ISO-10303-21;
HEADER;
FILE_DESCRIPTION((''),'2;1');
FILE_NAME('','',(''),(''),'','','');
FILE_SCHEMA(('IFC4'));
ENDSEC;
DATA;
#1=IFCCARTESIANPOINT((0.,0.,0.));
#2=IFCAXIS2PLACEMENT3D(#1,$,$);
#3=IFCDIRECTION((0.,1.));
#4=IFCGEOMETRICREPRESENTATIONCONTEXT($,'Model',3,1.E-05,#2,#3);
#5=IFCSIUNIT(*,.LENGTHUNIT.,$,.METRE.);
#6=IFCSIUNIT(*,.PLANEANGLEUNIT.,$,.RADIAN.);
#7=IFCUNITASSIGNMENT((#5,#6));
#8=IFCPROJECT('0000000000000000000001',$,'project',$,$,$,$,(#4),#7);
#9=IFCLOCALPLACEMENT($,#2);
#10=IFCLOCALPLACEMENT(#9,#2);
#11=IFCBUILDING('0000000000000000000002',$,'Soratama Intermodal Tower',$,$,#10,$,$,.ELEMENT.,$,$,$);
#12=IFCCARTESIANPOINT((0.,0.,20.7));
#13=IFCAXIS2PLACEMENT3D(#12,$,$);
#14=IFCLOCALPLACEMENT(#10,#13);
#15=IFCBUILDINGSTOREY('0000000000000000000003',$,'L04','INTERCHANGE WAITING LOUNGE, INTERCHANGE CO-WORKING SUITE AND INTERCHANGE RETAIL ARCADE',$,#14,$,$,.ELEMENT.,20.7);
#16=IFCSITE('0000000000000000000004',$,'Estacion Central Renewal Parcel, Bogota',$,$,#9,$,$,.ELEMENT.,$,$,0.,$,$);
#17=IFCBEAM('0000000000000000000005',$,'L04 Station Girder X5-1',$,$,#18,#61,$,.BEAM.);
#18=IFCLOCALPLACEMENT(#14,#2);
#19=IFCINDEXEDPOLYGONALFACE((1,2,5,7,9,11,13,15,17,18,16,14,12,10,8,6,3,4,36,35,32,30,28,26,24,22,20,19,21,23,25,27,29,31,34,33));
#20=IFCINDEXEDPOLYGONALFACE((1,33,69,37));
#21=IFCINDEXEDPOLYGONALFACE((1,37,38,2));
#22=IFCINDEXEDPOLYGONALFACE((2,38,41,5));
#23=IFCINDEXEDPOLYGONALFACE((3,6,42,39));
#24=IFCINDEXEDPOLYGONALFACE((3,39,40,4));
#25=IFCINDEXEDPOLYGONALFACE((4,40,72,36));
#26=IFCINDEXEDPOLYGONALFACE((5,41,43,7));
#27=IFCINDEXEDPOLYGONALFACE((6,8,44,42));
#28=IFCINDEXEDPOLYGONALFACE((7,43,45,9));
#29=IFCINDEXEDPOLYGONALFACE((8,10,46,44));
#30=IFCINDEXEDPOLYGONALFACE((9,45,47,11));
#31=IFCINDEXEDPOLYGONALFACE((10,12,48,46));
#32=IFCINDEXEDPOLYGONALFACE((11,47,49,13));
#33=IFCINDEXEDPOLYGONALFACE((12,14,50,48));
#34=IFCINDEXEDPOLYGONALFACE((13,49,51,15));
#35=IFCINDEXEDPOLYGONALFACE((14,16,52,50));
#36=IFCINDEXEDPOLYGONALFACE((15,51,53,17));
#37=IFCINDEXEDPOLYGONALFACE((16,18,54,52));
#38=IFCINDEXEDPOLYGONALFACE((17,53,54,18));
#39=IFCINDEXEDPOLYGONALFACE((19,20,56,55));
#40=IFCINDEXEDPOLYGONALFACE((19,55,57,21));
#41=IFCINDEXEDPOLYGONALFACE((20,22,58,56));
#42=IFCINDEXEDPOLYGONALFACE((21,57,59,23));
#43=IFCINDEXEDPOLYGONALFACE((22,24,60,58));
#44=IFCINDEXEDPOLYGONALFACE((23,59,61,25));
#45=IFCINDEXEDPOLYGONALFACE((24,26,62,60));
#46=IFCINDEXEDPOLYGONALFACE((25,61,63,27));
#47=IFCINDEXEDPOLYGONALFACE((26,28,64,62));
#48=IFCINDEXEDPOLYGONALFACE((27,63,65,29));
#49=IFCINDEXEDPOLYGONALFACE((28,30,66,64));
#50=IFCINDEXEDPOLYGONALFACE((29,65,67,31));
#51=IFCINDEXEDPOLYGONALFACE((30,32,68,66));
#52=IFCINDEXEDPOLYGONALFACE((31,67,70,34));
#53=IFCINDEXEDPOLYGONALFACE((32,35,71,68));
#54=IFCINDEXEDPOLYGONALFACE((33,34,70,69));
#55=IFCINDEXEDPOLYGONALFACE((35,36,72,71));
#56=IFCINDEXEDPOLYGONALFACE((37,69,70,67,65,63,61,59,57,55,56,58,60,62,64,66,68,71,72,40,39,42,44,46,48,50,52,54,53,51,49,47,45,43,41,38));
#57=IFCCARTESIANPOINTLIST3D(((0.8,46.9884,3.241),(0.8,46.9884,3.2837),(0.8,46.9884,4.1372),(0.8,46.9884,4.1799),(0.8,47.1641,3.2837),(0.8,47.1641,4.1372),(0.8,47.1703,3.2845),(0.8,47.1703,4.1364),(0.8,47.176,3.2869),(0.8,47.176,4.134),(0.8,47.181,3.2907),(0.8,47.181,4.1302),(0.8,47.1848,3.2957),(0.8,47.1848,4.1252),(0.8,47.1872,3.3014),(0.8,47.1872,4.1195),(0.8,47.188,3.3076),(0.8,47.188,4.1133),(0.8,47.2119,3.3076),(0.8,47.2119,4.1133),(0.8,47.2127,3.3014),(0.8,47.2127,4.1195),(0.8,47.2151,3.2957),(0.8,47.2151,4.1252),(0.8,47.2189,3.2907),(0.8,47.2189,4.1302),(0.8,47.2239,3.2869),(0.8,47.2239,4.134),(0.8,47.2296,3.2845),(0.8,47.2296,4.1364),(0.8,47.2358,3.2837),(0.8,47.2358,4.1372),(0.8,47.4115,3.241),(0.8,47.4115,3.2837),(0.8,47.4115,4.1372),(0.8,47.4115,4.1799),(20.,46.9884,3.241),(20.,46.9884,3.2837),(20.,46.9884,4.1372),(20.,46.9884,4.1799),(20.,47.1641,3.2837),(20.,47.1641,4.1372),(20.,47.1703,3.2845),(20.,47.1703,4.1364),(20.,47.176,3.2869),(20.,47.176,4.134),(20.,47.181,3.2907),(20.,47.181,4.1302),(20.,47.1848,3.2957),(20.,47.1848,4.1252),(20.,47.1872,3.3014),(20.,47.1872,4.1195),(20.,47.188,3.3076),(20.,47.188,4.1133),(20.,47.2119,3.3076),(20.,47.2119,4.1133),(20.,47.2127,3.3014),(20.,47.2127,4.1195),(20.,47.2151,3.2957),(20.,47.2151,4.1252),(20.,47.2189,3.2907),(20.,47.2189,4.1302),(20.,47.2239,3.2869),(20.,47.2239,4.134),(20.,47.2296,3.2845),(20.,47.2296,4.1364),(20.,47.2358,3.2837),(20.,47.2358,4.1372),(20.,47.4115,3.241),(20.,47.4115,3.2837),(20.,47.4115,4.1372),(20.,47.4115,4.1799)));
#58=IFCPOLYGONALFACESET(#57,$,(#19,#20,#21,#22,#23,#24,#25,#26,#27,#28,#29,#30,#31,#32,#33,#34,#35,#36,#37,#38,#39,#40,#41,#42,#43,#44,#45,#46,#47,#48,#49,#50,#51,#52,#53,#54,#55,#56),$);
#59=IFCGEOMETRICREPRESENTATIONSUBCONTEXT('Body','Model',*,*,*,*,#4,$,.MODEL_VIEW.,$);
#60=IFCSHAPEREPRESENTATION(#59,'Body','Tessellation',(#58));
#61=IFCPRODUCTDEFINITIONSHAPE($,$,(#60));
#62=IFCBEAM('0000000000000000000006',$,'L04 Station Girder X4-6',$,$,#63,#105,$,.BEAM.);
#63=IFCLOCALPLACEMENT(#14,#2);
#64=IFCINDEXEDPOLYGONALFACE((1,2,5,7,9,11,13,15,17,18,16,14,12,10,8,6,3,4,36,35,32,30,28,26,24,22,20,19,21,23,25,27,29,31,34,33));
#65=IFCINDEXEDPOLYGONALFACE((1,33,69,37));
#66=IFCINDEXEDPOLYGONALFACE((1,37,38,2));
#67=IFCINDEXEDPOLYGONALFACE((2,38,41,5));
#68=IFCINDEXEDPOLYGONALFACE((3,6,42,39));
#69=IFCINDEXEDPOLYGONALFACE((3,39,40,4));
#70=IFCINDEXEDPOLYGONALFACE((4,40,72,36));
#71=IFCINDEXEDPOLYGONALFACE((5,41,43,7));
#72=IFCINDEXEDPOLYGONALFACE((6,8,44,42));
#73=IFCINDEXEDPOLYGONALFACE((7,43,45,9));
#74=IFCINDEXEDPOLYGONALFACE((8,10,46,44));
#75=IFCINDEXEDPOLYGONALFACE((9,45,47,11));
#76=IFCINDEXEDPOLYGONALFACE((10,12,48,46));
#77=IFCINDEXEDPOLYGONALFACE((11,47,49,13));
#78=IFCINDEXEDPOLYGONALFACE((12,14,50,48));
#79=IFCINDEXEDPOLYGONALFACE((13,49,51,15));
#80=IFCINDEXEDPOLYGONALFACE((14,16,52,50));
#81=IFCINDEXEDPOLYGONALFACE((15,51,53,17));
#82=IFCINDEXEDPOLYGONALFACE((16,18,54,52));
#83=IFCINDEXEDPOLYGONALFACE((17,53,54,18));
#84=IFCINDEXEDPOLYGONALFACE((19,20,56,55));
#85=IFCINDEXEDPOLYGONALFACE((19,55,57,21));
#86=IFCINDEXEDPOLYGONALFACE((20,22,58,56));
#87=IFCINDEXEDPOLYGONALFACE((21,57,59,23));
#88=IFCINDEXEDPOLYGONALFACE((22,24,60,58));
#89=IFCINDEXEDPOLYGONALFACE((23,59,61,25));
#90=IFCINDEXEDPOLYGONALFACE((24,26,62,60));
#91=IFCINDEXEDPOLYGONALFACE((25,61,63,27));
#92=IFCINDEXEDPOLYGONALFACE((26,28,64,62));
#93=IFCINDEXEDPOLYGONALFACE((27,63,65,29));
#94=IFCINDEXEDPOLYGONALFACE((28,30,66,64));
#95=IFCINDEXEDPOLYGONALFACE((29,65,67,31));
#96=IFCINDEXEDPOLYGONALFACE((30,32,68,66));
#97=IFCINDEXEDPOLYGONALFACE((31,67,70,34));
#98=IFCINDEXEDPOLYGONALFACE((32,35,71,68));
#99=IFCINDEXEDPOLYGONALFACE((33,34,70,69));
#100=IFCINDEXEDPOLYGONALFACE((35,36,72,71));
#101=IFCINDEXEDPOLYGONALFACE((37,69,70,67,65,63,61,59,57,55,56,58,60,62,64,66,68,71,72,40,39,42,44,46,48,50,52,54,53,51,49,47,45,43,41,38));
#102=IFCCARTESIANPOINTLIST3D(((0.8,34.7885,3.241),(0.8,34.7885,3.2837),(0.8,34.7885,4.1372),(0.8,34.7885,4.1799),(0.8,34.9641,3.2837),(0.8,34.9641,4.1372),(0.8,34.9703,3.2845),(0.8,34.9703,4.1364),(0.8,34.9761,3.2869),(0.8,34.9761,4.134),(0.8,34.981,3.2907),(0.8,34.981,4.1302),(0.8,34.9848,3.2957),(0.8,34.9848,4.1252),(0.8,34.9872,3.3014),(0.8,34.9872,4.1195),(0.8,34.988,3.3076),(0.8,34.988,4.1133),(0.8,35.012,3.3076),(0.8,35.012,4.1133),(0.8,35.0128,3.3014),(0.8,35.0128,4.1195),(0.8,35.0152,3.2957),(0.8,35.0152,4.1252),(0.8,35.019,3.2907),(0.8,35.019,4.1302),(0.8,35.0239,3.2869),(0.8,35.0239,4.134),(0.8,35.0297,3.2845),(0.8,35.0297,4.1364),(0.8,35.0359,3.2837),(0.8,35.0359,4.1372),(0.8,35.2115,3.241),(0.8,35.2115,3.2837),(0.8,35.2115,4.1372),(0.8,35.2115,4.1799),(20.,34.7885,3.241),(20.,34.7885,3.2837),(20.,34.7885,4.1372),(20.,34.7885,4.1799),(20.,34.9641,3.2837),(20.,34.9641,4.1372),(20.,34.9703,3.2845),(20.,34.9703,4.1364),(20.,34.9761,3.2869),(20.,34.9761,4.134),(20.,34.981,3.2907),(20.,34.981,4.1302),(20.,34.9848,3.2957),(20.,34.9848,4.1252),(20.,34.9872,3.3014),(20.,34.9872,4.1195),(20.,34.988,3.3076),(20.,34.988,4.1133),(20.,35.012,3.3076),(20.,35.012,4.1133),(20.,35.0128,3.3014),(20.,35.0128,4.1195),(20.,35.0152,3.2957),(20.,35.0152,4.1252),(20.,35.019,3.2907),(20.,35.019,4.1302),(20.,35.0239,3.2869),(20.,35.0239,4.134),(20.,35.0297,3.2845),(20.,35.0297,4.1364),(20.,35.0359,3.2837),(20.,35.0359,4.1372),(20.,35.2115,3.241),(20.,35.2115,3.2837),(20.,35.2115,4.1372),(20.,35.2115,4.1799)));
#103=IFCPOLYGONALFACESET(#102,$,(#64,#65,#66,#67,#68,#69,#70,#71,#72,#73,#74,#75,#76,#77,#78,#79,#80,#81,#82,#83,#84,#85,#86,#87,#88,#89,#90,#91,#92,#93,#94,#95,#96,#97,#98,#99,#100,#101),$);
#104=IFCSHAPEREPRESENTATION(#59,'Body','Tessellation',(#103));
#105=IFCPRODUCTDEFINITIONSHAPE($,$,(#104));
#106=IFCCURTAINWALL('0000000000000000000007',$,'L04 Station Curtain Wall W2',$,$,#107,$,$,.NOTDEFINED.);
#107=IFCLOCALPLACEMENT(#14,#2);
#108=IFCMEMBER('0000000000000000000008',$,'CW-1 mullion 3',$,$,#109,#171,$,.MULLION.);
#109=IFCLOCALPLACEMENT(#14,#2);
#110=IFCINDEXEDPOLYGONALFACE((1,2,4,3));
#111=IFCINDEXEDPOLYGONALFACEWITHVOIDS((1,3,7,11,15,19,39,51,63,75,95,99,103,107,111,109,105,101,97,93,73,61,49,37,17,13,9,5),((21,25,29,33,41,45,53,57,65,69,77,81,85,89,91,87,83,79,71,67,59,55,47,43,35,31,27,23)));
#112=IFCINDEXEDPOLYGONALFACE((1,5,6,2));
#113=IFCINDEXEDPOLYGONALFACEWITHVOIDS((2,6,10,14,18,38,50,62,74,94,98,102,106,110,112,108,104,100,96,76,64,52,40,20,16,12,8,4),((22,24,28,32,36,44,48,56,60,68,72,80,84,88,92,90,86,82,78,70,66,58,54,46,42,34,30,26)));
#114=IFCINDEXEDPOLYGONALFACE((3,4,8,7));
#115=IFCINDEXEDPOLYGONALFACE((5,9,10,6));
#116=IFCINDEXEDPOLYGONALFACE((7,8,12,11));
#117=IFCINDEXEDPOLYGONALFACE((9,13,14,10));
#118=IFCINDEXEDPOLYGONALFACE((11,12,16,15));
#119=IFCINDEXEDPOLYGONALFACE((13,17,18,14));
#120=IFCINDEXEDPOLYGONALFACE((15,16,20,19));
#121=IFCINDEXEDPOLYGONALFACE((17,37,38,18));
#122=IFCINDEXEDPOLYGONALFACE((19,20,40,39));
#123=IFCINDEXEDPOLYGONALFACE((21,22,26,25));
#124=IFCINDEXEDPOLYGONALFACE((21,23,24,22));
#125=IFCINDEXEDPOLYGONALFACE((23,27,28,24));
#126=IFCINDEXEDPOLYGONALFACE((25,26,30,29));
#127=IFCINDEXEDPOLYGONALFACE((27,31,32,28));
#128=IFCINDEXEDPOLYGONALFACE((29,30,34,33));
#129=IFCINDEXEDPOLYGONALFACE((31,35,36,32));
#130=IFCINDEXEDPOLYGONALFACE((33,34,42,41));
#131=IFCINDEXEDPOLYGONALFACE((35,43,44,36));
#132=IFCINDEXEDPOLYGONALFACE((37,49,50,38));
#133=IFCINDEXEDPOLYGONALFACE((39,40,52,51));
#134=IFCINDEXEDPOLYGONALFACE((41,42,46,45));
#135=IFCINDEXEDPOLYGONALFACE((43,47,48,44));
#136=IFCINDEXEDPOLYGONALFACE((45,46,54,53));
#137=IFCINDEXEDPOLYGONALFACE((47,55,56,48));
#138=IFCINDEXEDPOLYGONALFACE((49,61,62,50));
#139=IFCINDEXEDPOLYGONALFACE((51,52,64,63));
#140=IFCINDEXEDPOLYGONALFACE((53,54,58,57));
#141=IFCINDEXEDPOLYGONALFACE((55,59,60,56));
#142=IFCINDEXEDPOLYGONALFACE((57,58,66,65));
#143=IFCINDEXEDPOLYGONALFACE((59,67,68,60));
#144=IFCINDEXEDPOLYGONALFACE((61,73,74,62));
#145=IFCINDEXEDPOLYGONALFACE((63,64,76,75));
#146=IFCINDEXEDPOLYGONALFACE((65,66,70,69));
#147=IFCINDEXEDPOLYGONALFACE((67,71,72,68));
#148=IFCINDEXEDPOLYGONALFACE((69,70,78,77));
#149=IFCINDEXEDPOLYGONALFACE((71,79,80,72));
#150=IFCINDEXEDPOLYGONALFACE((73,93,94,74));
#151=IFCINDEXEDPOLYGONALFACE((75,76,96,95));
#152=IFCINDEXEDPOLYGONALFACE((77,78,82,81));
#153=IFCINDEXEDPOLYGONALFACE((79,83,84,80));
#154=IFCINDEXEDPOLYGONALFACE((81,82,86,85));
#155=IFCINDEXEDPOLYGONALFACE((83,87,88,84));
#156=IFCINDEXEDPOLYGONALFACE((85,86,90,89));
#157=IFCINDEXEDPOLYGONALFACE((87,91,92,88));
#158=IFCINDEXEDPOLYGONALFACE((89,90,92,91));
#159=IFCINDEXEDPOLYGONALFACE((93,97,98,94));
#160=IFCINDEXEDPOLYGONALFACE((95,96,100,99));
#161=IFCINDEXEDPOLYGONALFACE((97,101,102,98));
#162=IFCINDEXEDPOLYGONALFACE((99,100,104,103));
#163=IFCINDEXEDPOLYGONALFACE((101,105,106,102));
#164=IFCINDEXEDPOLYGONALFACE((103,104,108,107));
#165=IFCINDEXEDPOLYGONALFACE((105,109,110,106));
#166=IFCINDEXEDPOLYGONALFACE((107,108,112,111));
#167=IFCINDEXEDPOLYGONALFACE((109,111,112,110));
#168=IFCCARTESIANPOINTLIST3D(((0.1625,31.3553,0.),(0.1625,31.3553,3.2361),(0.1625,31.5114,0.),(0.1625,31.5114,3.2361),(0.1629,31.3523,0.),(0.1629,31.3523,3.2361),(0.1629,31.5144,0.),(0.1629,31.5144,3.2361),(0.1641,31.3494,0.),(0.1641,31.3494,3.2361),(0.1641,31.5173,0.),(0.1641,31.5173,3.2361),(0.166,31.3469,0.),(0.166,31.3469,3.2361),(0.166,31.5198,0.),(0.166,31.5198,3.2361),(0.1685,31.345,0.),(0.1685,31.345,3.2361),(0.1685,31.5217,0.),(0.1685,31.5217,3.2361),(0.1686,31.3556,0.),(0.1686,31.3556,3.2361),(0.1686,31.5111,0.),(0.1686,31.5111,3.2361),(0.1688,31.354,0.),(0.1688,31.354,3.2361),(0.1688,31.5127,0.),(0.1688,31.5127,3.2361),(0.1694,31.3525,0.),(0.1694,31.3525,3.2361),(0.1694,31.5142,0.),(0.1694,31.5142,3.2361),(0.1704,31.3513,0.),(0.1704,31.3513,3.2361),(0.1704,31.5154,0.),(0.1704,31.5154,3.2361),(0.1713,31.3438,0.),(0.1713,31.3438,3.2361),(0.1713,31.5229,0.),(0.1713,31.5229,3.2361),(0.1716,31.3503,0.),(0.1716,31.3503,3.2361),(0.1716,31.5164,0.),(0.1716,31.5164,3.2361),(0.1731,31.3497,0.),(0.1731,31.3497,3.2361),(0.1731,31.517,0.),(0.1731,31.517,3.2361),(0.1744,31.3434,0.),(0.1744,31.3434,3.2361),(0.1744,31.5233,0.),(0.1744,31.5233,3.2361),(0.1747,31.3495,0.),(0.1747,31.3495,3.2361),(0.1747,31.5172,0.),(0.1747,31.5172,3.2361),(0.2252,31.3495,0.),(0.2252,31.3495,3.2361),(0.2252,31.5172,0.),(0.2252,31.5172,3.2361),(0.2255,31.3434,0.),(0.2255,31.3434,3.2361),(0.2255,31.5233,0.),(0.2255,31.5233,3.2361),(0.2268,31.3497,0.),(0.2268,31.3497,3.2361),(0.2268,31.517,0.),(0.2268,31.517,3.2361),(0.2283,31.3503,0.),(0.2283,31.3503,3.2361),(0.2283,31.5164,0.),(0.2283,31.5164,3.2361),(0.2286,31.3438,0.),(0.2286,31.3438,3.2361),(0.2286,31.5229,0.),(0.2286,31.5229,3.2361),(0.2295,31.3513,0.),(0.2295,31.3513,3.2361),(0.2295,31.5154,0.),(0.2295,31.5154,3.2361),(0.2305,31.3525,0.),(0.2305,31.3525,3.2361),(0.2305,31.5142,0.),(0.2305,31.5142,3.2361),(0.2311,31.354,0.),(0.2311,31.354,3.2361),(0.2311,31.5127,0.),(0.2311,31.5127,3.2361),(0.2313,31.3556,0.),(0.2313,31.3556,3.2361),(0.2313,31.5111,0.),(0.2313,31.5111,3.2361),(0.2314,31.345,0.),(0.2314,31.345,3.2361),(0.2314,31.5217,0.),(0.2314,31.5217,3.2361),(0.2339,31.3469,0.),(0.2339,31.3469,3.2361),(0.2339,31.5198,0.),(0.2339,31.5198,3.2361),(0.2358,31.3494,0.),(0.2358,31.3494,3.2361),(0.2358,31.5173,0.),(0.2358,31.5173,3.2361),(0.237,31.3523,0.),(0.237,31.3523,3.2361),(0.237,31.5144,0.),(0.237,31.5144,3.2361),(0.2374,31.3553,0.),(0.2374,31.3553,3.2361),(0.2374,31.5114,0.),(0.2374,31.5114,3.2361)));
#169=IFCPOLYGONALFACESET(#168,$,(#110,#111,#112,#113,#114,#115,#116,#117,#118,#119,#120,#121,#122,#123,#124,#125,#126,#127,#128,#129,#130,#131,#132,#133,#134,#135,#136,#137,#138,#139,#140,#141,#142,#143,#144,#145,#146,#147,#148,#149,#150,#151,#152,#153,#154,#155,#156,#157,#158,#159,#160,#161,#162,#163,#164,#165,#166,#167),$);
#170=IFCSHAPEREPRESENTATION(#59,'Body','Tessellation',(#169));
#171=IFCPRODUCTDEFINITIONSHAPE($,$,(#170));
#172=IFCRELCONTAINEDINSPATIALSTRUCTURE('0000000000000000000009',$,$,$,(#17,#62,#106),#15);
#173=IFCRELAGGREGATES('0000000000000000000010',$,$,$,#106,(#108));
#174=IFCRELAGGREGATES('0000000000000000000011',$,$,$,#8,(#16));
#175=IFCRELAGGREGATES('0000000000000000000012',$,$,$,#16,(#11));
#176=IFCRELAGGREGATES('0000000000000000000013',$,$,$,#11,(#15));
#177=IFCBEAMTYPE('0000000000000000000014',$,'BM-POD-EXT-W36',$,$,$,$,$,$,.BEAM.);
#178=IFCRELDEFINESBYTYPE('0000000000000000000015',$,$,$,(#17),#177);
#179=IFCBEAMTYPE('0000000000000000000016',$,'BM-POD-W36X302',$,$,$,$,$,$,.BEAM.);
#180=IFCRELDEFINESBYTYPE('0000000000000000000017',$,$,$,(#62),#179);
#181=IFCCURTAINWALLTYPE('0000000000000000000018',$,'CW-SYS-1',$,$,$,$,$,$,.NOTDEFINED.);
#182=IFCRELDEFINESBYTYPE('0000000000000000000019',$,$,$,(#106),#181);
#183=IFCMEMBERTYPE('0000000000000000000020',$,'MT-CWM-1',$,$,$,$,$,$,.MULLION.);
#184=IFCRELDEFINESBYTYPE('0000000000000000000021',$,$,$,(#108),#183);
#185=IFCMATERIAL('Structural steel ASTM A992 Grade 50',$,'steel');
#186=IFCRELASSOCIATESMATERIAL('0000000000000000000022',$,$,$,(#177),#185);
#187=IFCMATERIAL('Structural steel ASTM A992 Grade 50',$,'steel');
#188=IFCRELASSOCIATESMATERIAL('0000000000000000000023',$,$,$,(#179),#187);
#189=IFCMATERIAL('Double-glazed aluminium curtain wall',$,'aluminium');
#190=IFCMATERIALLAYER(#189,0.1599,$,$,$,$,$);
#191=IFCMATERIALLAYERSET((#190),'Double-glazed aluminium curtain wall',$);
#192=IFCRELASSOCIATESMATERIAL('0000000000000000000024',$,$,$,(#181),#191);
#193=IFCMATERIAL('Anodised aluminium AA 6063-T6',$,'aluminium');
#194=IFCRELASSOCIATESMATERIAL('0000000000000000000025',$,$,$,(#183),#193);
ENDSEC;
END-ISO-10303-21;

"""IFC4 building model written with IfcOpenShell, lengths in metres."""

from ifc_helpers import new_model, si_unit, direction, frame, origin, origin_2d, place, context, subcontext, project, spatial, hollow_rectangle, i_section, extrude, material, layer, layer_set, material_profile, profile_set, type_object, element, aggregate, save


model = new_model("IFC4")

# Units and contexts
model_context = context("Model", 3, precision=1e-05, world=origin(), true_north=direction((0.0, 1.0)))
body_context = subcontext(model_context, "Body", "Model", "MODEL_VIEW")
ifc_project = project(units=[si_unit("LENGTHUNIT", "METRE"), si_unit("PLANEANGLEUNIT", "RADIAN")], contexts=[model_context])

# Site, building, storey
site_placement = place(None, origin())
site = spatial("IfcSite", under=ifc_project, at=site_placement, Name="Estacion Central Renewal Parcel, Bogota", CompositionType="ELEMENT", RefElevation=0.0)
building_placement = place(site_placement, origin())
building = spatial("IfcBuilding", under=site, at=building_placement, Name="Soratama Intermodal Tower", CompositionType="ELEMENT")
storey_placement = place(building_placement, frame((0.0, 0.0, 20.7)))
storey = spatial("IfcBuildingStorey", under=building, at=storey_placement, Name="L04", Description="INTERCHANGE WAITING LOUNGE, INTERCHANGE CO-WORKING SUITE AND INTERCHANGE RETAIL ARCADE", CompositionType="ELEMENT", Elevation=20.7)

# Beams
ifc_material_1 = material(Name="Structural steel ASTM A992 Grade 50", Category="steel")
ifc_material_profile_1 = material_profile(ifc_material_1, i_section(OverallWidth=0.4231, OverallDepth=0.939, WebThickness=0.0239, FlangeThickness=0.0427, FilletRadius=0.0239, at=origin_2d()), Name="W36X302")
ifc_profile_set_1 = profile_set([ifc_material_profile_1], Name="Structural steel ASTM A992 Grade 50")
beam_type_1 = type_object("IfcBeamType", Name="BM-POD-EXT-W36", PredefinedType="BEAM", material=ifc_profile_set_1)
beam_1_placement = place(storey_placement, frame((0.8, 47.2, 3.7104), z_axis=(1.0, 0.0, 0.0), x_axis=(0.0, 1.0, 0.0)))
element("IfcBeam", 1, at=beam_1_placement, inside=storey, type_object=beam_type_1, Name="L04 Station Girder X5-1", PredefinedType="BEAM", context=body_context, shape_type="SweptSolid", body=[
    extrude(i_section(OverallWidth=0.4231, OverallDepth=0.939, WebThickness=0.0239, FlangeThickness=0.0427, FilletRadius=0.0239, at=origin_2d()), origin(), (0.0, 0.0, 1.0), 19.2),
])
ifc_material_2 = material(Name="Structural steel ASTM A992 Grade 50", Category="steel")
ifc_material_profile_2 = material_profile(ifc_material_2, i_section(OverallWidth=0.4231, OverallDepth=0.939, WebThickness=0.0239, FlangeThickness=0.0427, FilletRadius=0.0239, at=origin_2d()), Name="W36X302")
ifc_profile_set_2 = profile_set([ifc_material_profile_2], Name="Structural steel ASTM A992 Grade 50")
beam_type_2 = type_object("IfcBeamType", Name="BM-POD-W36X302", PredefinedType="BEAM", material=ifc_profile_set_2)
beam_2_placement = place(storey_placement, frame((0.8, 35.0, 3.7104), z_axis=(1.0, 0.0, 0.0), x_axis=(0.0, 1.0, 0.0)))
element("IfcBeam", 2, at=beam_2_placement, inside=storey, type_object=beam_type_2, Name="L04 Station Girder X4-6", PredefinedType="BEAM", context=body_context, shape_type="SweptSolid", body=[
    extrude(i_section(OverallWidth=0.4231, OverallDepth=0.939, WebThickness=0.0239, FlangeThickness=0.0427, FilletRadius=0.0239, at=origin_2d()), origin(), (0.0, 0.0, 1.0), 19.2),
])

# Curtain wall, member
ifc_material_3 = material(Name="Double-glazed aluminium curtain wall", Category="aluminium")
ifc_layer_1 = layer(ifc_material_3, 0.1599)
ifc_layer_set_1 = layer_set([ifc_layer_1], Name="Double-glazed aluminium curtain wall")
curtain_wall_type = type_object("IfcCurtainWallType", Name="CW-SYS-1", PredefinedType="NOTDEFINED", material=ifc_layer_set_1)
curtain_wall_placement = place(storey_placement, origin())
curtain_wall = element("IfcCurtainWall", 3, at=curtain_wall_placement, inside=storey, type_object=curtain_wall_type, Name="L04 Station Curtain Wall W2", PredefinedType="NOTDEFINED")
ifc_material_4 = material(Name="Anodised aluminium AA 6063-T6", Category="aluminium")
ifc_material_profile_3 = material_profile(ifc_material_4, hollow_rectangle(XDim=0.075, YDim=0.1799, WallThickness=0.0061, InnerFilletRadius=0.0061, OuterFilletRadius=0.012, at=origin_2d()), Name="CWM180X75X6")
ifc_profile_set_3 = profile_set([ifc_material_profile_3], Name="Anodised aluminium AA 6063-T6")
member_type_1 = type_object("IfcMemberType", Name="MT-CWM-1", PredefinedType="MULLION", material=ifc_profile_set_3)
member_1_placement = place(storey_placement, frame((0.2, 31.4333, 0.0), z_axis=(0.0, 0.0, 1.0), x_axis=(-1.0, 0.0, 0.0)))
member_1 = element("IfcMember", 4, at=member_1_placement, type_object=member_type_1, Name="CW-1 mullion 3", PredefinedType="MULLION", context=body_context, shape_type="SweptSolid", body=[
    extrude(hollow_rectangle(XDim=0.075, YDim=0.1799, WallThickness=0.0061, InnerFilletRadius=0.0061, OuterFilletRadius=0.012, at=origin_2d()), origin(), (0.0, 0.0, 1.0), 3.2361),
])
aggregate(curtain_wall, [member_1])

save(model, "model.ifc")
